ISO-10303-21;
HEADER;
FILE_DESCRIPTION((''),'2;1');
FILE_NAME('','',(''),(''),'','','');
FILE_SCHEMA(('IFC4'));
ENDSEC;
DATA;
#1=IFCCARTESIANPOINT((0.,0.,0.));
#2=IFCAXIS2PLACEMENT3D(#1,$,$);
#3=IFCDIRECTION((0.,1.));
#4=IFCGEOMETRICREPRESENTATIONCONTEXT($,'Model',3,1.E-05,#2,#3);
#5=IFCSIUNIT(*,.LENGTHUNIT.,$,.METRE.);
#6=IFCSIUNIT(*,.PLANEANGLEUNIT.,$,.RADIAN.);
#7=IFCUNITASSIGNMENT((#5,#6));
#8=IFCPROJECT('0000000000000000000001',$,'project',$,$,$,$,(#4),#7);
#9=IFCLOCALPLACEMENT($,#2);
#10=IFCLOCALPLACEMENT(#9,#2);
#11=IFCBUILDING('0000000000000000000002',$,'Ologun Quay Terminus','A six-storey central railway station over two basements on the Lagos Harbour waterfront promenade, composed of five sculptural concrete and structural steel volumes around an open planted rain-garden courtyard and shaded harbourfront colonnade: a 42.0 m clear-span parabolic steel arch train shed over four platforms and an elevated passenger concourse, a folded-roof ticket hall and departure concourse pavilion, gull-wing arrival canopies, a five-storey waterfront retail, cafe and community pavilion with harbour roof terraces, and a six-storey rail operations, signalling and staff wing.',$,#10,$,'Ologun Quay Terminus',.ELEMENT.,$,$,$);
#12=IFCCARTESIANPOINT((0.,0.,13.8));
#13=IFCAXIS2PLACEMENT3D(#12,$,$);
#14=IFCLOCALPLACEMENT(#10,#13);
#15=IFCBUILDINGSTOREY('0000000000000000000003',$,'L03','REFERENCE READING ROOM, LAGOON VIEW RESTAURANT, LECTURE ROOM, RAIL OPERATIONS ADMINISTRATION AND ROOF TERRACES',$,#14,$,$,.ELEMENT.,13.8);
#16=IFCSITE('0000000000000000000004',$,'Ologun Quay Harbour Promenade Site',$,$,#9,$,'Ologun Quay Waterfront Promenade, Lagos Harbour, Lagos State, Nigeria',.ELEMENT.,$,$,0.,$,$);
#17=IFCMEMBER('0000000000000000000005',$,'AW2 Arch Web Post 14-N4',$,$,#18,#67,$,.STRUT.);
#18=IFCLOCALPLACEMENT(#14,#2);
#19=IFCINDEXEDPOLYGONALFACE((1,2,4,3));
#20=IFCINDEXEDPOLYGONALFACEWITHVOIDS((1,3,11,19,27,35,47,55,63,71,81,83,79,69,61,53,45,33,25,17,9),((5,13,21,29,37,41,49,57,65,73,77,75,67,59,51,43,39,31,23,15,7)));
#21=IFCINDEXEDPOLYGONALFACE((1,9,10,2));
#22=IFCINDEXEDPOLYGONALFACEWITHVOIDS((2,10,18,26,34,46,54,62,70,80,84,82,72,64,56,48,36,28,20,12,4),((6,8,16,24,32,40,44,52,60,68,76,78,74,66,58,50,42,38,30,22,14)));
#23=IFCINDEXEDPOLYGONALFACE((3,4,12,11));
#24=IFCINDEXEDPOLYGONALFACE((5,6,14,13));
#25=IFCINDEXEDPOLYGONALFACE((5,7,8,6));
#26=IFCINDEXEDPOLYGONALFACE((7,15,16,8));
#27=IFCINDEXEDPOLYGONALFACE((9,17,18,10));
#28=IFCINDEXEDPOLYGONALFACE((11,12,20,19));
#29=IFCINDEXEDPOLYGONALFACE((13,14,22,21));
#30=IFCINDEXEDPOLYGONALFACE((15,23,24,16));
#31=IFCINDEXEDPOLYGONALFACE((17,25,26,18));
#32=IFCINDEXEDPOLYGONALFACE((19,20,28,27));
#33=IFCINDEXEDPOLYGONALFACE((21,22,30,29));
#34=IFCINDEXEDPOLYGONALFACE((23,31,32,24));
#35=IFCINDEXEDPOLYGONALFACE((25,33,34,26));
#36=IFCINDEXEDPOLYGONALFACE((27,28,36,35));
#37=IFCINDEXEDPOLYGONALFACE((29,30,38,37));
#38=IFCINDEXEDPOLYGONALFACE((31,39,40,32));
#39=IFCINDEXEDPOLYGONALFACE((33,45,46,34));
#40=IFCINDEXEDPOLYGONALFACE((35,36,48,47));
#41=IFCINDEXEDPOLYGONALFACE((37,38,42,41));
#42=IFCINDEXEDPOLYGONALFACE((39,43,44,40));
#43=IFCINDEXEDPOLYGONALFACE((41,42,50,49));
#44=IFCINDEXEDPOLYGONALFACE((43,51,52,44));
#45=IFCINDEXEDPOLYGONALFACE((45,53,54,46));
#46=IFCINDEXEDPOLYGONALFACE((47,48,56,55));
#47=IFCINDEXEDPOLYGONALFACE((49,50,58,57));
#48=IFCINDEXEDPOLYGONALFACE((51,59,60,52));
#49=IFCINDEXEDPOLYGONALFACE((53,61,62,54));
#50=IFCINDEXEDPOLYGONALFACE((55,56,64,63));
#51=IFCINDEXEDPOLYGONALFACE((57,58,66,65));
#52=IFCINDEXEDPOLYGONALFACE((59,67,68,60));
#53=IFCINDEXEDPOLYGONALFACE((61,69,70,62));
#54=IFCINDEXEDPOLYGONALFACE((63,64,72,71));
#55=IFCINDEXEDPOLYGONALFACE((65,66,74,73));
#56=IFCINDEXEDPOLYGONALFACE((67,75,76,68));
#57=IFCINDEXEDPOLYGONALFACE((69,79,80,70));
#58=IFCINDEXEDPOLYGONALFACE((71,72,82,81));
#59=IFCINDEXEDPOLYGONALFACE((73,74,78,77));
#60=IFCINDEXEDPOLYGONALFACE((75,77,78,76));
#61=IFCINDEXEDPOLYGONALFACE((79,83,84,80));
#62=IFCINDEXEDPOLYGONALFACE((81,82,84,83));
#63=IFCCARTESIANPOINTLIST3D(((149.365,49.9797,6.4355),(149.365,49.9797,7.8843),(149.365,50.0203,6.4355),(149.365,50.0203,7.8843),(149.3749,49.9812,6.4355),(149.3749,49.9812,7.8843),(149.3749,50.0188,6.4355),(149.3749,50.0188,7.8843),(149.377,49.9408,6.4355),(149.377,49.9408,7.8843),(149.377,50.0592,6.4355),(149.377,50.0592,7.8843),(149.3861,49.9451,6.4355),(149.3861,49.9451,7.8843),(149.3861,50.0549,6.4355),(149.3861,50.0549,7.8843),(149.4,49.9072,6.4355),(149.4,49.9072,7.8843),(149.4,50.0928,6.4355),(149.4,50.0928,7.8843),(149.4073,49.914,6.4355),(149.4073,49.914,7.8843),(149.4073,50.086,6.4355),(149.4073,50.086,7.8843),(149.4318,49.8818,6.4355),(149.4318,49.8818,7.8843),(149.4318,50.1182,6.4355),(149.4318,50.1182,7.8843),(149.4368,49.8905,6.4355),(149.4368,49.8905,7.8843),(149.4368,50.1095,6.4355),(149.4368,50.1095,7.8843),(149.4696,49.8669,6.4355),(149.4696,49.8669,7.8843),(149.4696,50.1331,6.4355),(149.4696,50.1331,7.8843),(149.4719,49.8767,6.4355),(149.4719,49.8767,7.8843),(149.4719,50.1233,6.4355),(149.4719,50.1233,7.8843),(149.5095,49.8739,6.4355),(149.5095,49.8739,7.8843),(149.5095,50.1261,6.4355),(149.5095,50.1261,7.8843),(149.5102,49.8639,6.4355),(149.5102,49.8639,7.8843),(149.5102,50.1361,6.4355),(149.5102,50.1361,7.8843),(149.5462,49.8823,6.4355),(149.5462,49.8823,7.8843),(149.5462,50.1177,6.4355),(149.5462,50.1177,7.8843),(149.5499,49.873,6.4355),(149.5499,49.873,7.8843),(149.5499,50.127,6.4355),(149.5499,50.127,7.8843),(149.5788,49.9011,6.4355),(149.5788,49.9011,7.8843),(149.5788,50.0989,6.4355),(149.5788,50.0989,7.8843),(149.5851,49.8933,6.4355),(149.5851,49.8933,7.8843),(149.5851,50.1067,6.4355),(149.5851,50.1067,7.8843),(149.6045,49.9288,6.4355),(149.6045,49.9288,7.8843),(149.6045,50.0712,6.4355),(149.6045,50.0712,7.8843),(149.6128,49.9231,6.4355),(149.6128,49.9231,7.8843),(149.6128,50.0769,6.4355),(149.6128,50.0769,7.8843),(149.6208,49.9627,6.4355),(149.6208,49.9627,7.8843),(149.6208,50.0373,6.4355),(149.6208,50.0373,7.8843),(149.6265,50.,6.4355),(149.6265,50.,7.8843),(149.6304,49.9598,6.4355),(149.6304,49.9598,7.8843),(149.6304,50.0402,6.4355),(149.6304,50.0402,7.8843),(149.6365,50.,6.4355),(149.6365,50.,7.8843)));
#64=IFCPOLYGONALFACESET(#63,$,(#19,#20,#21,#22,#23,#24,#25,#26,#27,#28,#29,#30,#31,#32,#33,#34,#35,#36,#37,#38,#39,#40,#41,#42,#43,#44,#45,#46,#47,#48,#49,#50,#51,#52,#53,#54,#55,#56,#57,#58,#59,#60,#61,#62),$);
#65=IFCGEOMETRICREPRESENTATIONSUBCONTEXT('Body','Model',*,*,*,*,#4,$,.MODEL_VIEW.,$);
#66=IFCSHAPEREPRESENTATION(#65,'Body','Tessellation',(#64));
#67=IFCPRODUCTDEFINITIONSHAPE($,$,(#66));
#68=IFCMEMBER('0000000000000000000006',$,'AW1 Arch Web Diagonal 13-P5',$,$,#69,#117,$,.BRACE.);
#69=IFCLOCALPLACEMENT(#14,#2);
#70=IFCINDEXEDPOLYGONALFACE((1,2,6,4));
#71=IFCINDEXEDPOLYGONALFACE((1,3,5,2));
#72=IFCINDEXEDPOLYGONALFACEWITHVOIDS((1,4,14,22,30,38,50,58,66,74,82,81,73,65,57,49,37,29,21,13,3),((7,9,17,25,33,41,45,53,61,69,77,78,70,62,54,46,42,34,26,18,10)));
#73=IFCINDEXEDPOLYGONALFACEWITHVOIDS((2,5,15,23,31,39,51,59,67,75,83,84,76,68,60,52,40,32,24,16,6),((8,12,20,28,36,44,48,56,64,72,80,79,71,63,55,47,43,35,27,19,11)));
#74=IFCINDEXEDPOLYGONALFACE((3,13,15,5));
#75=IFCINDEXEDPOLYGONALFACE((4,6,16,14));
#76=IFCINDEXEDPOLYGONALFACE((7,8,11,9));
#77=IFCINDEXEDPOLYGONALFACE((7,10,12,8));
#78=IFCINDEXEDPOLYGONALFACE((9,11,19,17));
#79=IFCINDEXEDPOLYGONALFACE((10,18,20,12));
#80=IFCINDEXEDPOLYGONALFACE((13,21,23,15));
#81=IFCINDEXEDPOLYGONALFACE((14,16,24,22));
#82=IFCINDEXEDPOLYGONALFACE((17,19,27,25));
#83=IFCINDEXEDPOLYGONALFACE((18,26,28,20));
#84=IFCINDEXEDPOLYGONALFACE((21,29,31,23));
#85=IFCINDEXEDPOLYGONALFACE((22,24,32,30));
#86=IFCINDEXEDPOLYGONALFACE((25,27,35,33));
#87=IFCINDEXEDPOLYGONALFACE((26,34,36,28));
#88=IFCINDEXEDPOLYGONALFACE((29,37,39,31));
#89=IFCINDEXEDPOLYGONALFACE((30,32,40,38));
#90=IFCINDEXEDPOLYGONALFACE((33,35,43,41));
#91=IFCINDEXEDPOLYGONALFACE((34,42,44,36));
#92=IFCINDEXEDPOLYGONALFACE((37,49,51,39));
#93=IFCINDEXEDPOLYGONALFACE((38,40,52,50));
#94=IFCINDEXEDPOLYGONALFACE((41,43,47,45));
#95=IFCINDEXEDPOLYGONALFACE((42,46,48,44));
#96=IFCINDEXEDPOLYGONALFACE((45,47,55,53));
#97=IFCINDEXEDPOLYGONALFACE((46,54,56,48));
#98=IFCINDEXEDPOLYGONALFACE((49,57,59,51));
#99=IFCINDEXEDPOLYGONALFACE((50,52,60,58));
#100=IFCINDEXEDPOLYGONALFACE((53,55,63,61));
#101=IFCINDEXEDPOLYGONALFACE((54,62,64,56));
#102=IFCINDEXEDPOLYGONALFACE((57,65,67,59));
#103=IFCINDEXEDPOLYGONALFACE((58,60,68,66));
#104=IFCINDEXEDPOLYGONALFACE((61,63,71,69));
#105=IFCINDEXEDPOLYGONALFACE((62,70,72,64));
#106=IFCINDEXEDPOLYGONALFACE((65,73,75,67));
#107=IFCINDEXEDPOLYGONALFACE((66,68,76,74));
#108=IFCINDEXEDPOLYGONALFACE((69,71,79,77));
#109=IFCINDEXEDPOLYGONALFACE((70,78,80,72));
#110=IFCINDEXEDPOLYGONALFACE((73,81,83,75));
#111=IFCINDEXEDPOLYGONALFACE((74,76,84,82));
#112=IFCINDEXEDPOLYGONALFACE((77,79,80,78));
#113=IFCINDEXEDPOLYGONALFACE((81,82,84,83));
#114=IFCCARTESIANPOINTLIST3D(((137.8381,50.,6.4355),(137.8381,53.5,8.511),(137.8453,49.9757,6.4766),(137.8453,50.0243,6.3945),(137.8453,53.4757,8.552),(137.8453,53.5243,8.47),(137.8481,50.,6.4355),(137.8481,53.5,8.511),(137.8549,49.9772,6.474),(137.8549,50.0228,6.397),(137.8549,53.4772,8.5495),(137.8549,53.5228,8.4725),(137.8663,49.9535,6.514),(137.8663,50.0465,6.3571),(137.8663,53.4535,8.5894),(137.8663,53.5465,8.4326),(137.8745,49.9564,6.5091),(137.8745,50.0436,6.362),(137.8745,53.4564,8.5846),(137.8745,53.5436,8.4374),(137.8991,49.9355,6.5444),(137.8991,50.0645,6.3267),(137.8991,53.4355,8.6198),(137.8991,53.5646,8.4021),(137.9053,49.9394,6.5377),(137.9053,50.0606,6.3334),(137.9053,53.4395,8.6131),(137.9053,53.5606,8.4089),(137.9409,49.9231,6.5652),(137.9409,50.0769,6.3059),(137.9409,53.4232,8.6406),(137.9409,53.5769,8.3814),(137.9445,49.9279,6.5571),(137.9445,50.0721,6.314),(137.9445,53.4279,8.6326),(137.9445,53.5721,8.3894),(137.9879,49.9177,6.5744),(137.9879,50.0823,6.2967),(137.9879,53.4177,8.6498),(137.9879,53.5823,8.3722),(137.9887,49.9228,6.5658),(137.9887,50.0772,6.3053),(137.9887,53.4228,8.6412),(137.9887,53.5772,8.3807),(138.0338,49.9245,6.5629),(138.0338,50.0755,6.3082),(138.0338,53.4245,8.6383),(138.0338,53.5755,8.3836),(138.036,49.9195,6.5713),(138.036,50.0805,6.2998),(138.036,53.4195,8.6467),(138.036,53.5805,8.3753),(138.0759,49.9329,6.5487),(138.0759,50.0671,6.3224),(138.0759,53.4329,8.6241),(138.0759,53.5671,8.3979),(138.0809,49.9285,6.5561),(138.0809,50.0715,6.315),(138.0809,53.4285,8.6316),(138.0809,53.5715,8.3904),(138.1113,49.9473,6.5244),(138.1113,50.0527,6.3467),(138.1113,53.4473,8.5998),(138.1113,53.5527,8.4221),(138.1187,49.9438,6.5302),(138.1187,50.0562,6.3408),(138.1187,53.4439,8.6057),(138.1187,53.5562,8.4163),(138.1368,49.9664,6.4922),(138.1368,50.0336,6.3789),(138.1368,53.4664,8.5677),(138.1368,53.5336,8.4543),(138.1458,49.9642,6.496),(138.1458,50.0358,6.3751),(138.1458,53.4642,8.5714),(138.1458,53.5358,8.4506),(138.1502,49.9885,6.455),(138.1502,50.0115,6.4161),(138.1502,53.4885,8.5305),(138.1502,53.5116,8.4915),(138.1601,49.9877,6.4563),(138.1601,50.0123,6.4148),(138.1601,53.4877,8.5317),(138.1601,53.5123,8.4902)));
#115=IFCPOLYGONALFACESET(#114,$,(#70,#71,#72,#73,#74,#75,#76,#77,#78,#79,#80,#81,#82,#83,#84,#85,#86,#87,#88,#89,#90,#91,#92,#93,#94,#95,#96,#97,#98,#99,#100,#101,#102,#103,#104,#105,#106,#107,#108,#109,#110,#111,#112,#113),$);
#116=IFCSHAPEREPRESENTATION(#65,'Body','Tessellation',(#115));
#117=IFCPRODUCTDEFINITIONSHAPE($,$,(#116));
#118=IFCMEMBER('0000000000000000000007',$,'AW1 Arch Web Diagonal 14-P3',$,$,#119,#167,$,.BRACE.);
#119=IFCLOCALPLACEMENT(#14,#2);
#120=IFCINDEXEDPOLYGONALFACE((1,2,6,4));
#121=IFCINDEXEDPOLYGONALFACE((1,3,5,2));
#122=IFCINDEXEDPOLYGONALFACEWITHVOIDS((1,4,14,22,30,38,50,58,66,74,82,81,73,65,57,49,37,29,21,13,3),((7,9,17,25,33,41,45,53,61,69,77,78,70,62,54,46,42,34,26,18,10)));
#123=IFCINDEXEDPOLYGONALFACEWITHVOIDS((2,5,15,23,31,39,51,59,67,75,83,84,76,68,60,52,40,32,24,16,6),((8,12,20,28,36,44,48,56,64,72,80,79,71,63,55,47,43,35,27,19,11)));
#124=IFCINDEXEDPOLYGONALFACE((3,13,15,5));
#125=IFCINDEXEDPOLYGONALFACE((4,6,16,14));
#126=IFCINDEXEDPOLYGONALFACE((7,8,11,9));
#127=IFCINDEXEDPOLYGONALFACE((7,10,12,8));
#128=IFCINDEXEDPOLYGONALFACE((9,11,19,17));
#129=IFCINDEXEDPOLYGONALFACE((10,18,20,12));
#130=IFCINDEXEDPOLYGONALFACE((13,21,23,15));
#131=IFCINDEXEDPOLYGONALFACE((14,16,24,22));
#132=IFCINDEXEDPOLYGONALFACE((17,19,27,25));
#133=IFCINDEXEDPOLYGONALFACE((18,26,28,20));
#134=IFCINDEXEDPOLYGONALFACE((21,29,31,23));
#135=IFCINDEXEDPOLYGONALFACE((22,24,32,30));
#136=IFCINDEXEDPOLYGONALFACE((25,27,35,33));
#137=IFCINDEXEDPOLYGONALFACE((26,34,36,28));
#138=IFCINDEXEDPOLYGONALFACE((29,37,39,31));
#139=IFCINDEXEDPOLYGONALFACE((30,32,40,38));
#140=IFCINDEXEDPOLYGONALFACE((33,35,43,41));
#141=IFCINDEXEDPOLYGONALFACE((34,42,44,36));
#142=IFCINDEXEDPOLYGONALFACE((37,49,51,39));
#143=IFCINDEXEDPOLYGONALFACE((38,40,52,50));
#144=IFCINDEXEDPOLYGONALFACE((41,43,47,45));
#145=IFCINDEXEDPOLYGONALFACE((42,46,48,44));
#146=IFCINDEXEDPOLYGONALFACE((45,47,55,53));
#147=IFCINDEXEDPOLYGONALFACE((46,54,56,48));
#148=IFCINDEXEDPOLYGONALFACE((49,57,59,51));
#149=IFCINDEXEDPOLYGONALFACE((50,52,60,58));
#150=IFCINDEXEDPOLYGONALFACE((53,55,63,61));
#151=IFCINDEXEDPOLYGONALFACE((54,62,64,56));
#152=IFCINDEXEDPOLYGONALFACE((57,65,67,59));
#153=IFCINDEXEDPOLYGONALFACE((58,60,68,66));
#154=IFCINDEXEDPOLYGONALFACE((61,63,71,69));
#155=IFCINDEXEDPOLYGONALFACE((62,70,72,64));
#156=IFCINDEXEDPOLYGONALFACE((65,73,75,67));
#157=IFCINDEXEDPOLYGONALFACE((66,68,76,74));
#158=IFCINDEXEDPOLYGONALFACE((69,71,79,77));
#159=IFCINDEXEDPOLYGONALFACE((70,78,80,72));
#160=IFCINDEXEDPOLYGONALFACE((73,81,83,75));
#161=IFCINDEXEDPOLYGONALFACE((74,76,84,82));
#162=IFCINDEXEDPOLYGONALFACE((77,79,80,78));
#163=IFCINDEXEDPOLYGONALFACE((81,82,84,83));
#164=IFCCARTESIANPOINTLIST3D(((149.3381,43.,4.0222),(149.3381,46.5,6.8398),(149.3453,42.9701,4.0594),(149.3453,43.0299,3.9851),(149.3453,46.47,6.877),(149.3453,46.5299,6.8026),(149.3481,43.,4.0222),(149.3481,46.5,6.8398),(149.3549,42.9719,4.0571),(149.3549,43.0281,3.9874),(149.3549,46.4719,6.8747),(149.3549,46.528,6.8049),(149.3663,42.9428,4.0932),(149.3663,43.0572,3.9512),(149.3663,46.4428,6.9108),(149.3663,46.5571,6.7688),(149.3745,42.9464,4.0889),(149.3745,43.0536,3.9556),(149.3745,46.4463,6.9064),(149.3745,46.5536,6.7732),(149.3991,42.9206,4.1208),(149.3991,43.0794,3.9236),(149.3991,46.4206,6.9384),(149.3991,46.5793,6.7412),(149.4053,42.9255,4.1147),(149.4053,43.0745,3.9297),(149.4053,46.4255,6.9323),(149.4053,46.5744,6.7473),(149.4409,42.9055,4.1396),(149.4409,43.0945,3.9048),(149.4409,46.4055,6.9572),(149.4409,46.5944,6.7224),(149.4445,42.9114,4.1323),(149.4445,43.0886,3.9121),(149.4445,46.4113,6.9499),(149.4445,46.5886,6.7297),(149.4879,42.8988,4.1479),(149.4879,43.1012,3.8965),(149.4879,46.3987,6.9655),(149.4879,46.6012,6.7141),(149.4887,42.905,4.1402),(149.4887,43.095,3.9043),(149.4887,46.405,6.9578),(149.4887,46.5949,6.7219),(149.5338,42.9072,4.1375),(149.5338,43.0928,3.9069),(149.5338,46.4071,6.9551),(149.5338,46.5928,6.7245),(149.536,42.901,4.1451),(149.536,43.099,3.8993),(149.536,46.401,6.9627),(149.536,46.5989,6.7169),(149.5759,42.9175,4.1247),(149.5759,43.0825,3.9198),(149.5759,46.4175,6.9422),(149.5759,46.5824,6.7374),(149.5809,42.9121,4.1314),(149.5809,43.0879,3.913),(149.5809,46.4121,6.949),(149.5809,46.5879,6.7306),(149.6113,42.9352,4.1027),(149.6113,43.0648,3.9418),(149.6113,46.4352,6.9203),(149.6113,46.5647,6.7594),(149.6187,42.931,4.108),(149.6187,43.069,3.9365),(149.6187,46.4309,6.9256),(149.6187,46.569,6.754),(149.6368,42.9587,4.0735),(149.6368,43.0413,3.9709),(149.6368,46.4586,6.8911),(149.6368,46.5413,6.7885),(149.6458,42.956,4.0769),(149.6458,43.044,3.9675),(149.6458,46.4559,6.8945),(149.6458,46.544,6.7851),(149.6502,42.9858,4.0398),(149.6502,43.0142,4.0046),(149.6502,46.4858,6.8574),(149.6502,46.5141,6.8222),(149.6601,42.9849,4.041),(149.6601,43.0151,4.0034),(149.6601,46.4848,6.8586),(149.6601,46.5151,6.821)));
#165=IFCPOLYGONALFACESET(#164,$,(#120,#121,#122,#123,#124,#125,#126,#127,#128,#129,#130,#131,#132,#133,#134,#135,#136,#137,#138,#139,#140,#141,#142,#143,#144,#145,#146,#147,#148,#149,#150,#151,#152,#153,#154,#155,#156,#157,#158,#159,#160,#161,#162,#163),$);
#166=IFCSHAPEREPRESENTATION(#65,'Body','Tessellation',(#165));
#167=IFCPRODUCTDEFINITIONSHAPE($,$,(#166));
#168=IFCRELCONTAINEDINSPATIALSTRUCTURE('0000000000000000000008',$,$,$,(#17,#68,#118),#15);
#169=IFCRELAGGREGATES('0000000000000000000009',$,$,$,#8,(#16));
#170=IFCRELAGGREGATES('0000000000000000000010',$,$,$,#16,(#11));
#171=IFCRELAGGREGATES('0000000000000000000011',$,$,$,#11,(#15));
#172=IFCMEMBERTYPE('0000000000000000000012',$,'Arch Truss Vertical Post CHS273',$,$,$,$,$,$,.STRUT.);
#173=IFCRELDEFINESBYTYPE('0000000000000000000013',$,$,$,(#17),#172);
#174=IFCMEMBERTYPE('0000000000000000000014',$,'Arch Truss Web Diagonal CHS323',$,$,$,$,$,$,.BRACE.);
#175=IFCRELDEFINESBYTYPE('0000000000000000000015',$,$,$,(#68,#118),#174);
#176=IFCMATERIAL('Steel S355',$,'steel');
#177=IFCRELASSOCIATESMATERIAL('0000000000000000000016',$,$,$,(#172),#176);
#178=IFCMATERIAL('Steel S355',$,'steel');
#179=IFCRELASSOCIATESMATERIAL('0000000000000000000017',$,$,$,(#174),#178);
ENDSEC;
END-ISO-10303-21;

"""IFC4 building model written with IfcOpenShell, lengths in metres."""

from ifc_helpers import new_model, si_unit, direction, frame, origin, origin_2d, place, context, subcontext, project, spatial, hollow_circle, extrude, material, material_profile, profile_set, type_object, element, save


model = new_model("IFC4")

# Units and contexts
model_context = context("Model", 3, precision=1e-05, world=origin(), true_north=direction((0.0, 1.0)))
body_context = subcontext(model_context, "Body", "Model", "MODEL_VIEW")
ifc_project = project(units=[si_unit("LENGTHUNIT", "METRE"), si_unit("PLANEANGLEUNIT", "RADIAN")], contexts=[model_context])

# Site, building, storey
site_placement = place(None, origin())
site = spatial("IfcSite", under=ifc_project, at=site_placement, Name="Ologun Quay Harbour Promenade Site", LongName="Ologun Quay Waterfront Promenade, Lagos Harbour, Lagos State, Nigeria", CompositionType="ELEMENT", RefElevation=0.0)
building_placement = place(site_placement, origin())
building = spatial("IfcBuilding", under=site, at=building_placement, Name="Ologun Quay Terminus", Description="A six-storey central railway station over two basements on the Lagos Harbour waterfront promenade, composed of five sculptural concrete and structural steel volumes around an open planted rain-garden courtyard and shaded harbourfront colonnade: a 42.0 m clear-span parabolic steel arch train shed over four platforms and an elevated passenger concourse, a folded-roof ticket hall and departure concourse pavilion, gull-wing arrival canopies, a five-storey waterfront retail, cafe and community pavilion with harbour roof terraces, and a six-storey rail operations, signalling and staff wing.", LongName="Ologun Quay Terminus", CompositionType="ELEMENT")
storey_placement = place(building_placement, frame((0.0, 0.0, 13.8)))
storey = spatial("IfcBuildingStorey", under=building, at=storey_placement, Name="L03", Description="REFERENCE READING ROOM, LAGOON VIEW RESTAURANT, LECTURE ROOM, RAIL OPERATIONS ADMINISTRATION AND ROOF TERRACES", CompositionType="ELEMENT", Elevation=13.8)

# Members
ifc_material_1 = material(Name="Steel S355", Category="steel")
ifc_material_profile_1 = material_profile(ifc_material_1, hollow_circle(Radius=0.1365, WallThickness=0.01, at=origin_2d()), Name="CHS 273x10")
ifc_profile_set_1 = profile_set([ifc_material_profile_1], Name="Steel S355")
member_type_1 = type_object("IfcMemberType", Name="Arch Truss Vertical Post CHS273", PredefinedType="STRUT", material=ifc_profile_set_1)
member_1_placement = place(storey_placement, frame((149.5, 50.0, 6.4355), z_axis=(0.0, 0.0, 1.0), x_axis=(1.0, 0.0, 0.0)))
element("IfcMember", 1, at=member_1_placement, inside=storey, type_object=member_type_1, Name="AW2 Arch Web Post 14-N4", PredefinedType="STRUT", context=body_context, shape_type="SweptSolid", body=[
    extrude(hollow_circle(Radius=0.1365, WallThickness=0.01, at=origin_2d()), origin(), (0.0, 0.0, 1.0), 1.4487),
])
ifc_material_2 = material(Name="Steel S355", Category="steel")
ifc_material_profile_2 = material_profile(ifc_material_2, hollow_circle(Radius=0.1619, WallThickness=0.01, at=origin_2d()), Name="CHS 323.9x10")
ifc_profile_set_2 = profile_set([ifc_material_profile_2], Name="Steel S355")
member_type_2 = type_object("IfcMemberType", Name="Arch Truss Web Diagonal CHS323", PredefinedType="BRACE", material=ifc_profile_set_2)
member_2_placement = place(storey_placement, frame((138.0, 50.0, 6.4355), z_axis=(0.0, 0.860144, 0.510051), x_axis=(-1.0, 0.0, 0.0)))
element("IfcMember", 2, at=member_2_placement, inside=storey, type_object=member_type_2, Name="AW1 Arch Web Diagonal 13-P5", PredefinedType="BRACE", context=body_context, shape_type="SweptSolid", body=[
    extrude(hollow_circle(Radius=0.1619, WallThickness=0.01, at=origin_2d()), origin(), (0.0, 0.0, 1.0), 4.0691),
])
member_3_placement = place(storey_placement, frame((149.5, 43.0, 4.0222), z_axis=(0.0, 0.778951, 0.627084), x_axis=(-1.0, 0.0, 0.0)))
element("IfcMember", 3, at=member_3_placement, inside=storey, type_object=member_type_2, Name="AW1 Arch Web Diagonal 14-P3", PredefinedType="BRACE", context=body_context, shape_type="SweptSolid", body=[
    extrude(hollow_circle(Radius=0.1619, WallThickness=0.01, at=origin_2d()), origin(), (0.0, 0.0, 1.0), 4.4932),
])

save(model, "model.ifc")
